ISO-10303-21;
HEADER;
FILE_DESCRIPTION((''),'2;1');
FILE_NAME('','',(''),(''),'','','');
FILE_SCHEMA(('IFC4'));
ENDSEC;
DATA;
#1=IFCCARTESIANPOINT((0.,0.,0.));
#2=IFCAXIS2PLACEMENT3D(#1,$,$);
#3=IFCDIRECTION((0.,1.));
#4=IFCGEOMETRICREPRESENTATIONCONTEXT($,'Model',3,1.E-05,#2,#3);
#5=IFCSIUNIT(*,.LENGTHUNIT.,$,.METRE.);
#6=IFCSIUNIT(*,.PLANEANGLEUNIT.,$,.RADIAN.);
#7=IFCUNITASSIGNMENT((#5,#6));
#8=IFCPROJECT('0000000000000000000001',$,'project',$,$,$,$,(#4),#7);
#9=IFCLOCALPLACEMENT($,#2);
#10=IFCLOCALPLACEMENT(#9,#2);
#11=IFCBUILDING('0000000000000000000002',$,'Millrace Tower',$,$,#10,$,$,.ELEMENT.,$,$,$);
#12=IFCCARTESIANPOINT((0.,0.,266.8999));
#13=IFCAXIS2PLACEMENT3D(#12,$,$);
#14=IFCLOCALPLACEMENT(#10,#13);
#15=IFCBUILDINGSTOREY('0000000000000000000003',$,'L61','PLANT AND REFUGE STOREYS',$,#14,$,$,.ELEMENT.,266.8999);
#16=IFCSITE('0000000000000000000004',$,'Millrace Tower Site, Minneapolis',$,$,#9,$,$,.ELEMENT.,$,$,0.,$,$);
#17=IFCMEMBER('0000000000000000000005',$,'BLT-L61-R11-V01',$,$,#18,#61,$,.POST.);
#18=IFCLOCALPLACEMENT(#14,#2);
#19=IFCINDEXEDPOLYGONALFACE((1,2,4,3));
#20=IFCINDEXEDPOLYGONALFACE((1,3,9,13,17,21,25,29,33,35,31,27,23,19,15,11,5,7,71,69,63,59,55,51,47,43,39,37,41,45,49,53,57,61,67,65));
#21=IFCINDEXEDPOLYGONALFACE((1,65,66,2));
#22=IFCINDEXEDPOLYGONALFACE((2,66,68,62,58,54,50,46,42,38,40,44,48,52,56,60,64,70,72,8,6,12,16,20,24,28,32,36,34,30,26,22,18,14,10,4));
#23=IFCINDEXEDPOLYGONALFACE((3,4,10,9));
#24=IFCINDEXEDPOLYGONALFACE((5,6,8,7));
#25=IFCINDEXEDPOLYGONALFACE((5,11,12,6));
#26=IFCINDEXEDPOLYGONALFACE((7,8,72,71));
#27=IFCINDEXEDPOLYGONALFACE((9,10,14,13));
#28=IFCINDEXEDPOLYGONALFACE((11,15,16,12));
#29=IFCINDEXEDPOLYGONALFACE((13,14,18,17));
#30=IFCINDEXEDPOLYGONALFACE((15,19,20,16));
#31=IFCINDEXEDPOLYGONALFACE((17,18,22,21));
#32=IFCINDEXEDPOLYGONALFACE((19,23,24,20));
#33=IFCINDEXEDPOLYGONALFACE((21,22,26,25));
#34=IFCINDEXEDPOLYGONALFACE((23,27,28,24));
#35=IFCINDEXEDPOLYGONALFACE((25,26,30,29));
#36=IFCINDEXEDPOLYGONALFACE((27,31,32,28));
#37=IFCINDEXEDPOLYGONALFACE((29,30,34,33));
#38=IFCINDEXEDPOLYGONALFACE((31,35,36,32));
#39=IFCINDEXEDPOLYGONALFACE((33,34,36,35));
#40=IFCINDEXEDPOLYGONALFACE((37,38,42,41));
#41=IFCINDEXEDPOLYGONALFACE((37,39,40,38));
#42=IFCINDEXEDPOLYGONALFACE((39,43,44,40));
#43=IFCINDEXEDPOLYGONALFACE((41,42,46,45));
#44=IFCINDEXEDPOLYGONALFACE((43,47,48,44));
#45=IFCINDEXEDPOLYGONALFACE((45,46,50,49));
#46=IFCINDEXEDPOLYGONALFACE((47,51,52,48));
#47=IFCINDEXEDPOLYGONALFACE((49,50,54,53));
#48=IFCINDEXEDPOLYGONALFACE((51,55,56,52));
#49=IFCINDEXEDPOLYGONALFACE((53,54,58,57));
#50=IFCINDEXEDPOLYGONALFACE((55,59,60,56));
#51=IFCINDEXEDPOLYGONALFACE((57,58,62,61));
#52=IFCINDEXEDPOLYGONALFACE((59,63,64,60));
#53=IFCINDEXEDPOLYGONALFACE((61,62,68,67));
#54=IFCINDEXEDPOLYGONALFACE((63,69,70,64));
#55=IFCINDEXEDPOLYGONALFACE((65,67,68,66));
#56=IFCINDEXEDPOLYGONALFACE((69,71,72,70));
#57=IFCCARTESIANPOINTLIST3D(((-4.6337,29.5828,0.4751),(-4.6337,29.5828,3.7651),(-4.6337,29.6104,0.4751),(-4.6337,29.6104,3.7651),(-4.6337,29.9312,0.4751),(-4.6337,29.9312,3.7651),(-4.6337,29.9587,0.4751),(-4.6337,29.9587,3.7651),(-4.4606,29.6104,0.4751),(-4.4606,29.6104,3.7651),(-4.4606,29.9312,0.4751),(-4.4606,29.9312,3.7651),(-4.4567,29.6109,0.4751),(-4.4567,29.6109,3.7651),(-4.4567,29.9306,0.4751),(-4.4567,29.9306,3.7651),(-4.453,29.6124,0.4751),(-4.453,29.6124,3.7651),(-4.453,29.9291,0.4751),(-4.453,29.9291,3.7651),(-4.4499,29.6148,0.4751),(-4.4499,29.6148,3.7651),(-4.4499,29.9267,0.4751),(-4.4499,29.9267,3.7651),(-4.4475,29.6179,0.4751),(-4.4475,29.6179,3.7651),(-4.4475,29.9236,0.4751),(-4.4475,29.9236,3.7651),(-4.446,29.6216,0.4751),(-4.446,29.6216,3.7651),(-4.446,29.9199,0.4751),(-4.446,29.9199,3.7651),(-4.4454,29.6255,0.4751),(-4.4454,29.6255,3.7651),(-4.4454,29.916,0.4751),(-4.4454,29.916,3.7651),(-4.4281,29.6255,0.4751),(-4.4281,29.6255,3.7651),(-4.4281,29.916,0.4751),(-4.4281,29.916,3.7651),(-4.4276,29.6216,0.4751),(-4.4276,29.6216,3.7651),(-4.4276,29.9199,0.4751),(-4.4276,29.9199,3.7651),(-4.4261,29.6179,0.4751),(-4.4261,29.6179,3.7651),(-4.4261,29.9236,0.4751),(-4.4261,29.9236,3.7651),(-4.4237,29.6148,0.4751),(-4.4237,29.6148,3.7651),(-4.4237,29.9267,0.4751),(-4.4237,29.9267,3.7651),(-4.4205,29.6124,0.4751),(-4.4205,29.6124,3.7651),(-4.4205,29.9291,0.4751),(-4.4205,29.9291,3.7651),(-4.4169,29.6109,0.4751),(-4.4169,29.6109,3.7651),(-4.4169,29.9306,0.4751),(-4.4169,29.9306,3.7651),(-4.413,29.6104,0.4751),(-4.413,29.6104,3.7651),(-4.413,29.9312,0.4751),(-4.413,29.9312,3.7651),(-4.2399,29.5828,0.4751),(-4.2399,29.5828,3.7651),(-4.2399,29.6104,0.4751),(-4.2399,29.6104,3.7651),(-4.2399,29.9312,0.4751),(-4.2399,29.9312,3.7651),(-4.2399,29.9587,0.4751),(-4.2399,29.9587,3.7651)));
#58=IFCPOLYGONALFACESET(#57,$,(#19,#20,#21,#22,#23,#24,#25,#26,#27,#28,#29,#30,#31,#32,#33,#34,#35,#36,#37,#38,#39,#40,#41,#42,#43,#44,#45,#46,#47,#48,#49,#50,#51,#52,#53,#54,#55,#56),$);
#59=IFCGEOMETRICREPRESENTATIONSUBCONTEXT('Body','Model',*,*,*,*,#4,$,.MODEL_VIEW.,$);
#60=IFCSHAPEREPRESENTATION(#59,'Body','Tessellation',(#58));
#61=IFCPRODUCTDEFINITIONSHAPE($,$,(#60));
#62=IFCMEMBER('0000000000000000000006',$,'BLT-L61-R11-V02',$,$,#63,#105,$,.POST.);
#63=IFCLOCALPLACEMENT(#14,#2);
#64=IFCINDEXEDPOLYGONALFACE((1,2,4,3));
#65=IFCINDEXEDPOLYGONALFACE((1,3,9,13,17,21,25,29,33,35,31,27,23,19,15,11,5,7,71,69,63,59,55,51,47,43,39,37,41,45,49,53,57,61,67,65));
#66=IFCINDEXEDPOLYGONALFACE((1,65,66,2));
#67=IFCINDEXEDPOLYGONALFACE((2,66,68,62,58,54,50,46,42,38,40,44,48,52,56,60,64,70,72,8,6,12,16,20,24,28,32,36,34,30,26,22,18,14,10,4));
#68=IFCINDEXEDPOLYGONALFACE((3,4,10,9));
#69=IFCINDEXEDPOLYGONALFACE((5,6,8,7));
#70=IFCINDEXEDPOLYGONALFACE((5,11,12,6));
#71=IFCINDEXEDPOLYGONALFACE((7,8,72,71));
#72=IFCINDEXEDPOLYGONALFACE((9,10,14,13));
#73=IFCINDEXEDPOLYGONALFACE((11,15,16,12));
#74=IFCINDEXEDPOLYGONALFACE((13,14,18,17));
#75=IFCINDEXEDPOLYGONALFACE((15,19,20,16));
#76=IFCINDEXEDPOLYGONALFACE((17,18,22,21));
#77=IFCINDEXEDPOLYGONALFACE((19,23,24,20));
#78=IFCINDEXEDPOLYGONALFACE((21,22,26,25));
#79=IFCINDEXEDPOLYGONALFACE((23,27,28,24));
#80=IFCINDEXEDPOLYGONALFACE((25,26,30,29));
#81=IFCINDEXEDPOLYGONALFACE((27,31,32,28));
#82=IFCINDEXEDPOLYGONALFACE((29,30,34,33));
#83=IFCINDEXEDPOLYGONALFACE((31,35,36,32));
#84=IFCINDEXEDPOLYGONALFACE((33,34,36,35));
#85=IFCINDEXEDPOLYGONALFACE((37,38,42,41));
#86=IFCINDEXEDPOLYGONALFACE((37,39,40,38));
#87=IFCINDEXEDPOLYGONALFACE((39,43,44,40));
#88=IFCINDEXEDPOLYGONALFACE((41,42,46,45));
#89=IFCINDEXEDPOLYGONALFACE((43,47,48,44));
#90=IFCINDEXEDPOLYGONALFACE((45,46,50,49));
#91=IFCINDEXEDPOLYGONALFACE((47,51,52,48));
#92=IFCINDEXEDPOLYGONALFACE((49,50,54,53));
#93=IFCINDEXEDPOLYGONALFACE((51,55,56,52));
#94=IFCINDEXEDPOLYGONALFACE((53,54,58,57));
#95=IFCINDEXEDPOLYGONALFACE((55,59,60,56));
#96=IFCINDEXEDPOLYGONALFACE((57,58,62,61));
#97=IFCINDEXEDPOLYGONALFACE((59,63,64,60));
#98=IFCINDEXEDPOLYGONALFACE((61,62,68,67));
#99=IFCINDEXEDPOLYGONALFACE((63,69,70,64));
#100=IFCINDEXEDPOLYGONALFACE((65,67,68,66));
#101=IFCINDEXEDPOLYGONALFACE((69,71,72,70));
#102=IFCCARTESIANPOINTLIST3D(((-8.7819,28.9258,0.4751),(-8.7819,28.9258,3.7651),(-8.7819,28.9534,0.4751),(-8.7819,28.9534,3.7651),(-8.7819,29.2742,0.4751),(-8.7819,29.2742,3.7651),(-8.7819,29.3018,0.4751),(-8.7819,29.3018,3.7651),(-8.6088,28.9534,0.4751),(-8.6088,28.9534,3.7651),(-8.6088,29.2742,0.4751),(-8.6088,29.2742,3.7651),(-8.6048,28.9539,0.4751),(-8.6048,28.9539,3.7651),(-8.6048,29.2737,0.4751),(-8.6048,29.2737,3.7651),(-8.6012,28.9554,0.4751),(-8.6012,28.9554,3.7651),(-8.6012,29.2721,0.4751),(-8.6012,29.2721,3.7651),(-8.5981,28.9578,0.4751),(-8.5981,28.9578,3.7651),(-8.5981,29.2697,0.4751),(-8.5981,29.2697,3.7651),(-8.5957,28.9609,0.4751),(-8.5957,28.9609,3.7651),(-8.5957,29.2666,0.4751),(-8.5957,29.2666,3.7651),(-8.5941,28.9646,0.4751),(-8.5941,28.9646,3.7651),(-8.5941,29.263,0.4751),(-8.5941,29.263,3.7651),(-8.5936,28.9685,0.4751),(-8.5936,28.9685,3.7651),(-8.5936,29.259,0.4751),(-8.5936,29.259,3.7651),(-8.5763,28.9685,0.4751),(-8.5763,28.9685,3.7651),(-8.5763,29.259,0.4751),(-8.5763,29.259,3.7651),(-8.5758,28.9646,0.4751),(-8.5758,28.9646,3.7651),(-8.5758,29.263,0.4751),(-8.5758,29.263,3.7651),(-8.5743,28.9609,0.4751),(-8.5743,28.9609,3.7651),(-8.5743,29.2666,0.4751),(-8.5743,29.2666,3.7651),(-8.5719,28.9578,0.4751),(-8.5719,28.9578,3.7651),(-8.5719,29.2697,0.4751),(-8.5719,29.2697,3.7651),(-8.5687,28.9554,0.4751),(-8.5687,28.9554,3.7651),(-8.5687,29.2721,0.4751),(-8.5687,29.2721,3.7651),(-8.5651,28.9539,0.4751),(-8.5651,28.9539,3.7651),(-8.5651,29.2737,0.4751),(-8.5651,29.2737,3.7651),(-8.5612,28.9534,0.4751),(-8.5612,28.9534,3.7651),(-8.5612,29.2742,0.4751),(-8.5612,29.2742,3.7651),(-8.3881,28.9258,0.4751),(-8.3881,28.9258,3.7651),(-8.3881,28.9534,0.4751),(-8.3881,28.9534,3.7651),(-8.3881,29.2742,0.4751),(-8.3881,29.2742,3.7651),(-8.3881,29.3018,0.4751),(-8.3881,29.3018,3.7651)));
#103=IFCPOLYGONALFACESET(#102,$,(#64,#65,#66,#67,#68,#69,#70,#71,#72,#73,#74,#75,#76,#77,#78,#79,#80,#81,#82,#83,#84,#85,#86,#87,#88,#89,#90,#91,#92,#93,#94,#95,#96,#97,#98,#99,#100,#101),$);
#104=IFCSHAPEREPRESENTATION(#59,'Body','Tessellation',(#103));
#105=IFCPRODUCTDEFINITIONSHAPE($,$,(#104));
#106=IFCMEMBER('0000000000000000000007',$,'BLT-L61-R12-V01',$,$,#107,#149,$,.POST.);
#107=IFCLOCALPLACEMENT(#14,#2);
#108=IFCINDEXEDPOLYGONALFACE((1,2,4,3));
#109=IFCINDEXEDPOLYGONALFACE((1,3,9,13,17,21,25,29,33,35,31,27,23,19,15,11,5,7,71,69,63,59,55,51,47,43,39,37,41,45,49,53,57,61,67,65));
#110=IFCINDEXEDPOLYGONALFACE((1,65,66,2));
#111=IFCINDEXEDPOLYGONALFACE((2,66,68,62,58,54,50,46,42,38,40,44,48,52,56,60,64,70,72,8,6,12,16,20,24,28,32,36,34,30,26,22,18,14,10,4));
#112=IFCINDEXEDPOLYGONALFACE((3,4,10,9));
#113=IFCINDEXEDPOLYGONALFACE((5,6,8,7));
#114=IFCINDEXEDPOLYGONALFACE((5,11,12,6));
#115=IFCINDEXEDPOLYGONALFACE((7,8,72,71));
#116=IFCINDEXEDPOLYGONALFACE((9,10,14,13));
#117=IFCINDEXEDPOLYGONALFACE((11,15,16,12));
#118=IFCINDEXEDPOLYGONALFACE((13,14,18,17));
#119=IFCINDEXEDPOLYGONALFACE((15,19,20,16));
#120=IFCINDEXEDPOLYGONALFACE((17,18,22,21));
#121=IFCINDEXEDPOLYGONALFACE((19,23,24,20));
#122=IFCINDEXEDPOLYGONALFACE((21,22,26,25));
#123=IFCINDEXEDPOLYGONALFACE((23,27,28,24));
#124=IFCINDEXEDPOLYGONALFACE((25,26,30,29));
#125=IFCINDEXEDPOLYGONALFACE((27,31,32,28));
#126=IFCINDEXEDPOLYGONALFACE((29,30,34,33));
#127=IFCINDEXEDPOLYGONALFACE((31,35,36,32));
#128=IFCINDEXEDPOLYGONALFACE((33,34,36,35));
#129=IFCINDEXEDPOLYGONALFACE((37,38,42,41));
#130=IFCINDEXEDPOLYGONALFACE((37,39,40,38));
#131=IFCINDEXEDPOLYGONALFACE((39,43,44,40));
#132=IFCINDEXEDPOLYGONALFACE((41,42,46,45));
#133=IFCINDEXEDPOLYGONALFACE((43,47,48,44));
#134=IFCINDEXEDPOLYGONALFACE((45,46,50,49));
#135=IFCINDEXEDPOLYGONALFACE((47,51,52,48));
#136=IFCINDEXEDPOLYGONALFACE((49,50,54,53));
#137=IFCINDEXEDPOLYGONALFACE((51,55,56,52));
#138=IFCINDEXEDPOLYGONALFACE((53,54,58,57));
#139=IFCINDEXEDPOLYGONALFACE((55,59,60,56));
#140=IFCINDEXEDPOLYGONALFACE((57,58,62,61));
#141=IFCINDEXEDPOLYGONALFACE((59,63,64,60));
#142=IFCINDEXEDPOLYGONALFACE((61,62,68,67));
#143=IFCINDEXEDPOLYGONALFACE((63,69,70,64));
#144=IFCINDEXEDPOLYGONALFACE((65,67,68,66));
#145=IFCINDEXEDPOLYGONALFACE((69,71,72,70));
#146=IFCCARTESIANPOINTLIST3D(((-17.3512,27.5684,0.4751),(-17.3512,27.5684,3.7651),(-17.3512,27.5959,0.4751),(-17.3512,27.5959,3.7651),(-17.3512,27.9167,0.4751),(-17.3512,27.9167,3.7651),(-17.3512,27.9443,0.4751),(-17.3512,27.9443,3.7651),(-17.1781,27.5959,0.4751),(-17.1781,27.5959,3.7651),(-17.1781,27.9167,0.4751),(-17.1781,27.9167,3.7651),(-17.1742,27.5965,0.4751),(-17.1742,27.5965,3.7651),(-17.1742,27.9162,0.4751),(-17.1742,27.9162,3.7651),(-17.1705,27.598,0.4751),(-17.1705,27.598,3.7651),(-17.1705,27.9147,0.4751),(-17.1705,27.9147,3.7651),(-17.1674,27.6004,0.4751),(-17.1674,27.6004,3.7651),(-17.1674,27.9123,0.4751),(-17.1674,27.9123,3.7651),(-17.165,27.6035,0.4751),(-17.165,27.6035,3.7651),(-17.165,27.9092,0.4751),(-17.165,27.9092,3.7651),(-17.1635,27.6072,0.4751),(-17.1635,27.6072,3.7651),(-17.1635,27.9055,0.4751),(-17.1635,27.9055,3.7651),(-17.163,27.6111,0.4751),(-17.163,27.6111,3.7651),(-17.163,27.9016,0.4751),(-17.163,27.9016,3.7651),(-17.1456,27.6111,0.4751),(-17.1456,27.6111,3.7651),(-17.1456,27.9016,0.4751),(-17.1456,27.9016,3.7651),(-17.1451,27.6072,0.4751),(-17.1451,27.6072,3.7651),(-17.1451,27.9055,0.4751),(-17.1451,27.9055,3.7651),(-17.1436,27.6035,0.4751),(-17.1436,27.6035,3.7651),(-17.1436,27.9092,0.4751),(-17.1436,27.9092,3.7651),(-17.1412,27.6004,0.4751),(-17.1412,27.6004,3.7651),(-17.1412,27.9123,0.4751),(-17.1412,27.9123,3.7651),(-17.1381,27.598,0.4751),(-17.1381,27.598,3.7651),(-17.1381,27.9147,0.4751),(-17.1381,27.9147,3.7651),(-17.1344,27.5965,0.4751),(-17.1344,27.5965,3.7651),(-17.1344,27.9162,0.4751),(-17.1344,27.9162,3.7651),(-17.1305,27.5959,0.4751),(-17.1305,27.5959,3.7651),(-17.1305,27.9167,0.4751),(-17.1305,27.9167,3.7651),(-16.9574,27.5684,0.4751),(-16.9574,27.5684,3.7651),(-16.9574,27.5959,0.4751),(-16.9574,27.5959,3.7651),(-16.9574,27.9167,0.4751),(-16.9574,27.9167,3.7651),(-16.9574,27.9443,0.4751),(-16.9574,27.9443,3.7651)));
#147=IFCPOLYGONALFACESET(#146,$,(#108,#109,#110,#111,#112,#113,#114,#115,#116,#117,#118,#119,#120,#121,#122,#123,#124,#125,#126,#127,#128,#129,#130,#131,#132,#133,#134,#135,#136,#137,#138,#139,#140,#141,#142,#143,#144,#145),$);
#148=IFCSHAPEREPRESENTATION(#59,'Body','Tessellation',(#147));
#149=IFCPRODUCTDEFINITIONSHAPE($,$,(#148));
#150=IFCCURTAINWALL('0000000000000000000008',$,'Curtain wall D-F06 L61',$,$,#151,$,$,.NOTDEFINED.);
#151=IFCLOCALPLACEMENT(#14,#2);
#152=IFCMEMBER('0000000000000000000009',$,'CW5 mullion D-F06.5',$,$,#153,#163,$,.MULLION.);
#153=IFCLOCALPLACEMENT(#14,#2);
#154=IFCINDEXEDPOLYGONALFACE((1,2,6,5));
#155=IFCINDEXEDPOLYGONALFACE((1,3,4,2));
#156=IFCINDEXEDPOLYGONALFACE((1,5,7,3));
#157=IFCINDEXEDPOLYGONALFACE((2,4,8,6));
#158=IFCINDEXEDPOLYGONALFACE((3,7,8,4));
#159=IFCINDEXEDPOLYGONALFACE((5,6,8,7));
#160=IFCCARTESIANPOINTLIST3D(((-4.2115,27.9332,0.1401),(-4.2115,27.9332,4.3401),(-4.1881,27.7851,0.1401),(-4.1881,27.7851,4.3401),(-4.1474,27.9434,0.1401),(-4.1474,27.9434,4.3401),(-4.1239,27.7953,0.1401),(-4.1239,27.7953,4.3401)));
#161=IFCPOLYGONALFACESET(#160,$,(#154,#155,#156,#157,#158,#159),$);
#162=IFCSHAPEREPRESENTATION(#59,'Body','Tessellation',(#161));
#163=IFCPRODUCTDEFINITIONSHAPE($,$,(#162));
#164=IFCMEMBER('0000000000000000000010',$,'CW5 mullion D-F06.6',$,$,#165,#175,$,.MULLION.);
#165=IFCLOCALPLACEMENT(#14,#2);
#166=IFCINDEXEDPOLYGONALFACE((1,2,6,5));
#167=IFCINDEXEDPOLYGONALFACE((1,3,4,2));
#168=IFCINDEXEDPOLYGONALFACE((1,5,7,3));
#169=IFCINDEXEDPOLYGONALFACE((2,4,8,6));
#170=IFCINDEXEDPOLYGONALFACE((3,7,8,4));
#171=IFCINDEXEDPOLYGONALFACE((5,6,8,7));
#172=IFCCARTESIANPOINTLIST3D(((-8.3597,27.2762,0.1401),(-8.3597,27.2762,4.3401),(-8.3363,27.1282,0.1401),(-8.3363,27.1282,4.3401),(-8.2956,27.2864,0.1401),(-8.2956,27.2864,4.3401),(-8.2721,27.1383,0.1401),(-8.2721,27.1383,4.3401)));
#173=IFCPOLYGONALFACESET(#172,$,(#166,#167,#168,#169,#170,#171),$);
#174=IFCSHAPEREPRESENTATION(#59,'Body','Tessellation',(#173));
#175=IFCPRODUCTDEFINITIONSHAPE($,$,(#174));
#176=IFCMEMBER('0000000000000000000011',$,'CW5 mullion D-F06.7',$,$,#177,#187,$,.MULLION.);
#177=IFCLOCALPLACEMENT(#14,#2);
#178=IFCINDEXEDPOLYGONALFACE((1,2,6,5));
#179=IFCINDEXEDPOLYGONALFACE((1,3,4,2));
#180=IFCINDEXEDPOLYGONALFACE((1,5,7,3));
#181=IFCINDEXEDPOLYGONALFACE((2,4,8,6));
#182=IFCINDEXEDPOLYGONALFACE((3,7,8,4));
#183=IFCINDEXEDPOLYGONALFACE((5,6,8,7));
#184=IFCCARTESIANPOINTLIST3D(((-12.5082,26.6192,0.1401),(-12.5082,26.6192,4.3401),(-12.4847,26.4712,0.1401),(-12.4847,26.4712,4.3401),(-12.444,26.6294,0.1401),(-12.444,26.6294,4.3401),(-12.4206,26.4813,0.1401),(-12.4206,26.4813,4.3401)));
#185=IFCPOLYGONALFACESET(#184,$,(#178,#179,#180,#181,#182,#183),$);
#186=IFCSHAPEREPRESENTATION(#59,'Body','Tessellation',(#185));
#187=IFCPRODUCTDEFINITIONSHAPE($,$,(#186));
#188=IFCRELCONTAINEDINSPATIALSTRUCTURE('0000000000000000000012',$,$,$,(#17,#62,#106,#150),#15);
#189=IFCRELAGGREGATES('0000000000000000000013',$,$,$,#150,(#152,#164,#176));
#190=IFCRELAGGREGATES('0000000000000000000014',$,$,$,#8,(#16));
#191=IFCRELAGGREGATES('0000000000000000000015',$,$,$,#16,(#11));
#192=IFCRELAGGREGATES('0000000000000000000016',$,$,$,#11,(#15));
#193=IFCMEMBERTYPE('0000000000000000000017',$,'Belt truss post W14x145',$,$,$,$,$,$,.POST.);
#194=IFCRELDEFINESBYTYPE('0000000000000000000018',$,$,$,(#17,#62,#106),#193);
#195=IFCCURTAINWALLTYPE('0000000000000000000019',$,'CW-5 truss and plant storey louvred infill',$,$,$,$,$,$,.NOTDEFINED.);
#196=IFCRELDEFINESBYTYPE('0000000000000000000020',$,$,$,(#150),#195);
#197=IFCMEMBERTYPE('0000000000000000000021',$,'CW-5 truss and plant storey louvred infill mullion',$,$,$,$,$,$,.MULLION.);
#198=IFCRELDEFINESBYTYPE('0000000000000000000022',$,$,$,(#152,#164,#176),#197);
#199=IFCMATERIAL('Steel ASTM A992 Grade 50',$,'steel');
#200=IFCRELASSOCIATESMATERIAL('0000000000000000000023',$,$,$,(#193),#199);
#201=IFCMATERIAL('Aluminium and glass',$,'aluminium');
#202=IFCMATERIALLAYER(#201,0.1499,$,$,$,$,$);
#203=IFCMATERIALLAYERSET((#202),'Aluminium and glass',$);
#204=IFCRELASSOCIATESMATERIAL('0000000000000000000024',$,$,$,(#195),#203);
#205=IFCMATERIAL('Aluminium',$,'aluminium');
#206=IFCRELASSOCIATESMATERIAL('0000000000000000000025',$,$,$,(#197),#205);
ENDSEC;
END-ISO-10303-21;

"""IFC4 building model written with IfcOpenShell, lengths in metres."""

from ifc_helpers import new_model, si_unit, direction, frame, origin, origin_2d, place, context, subcontext, project, spatial, rectangle, i_section, extrude, material, layer, layer_set, material_profile, profile_set, type_object, element, aggregate, save


model = new_model("IFC4")

# Units and contexts
model_context = context("Model", 3, precision=1e-05, world=origin(), true_north=direction((0.0, 1.0)))
body_context = subcontext(model_context, "Body", "Model", "MODEL_VIEW")
ifc_project = project(units=[si_unit("LENGTHUNIT", "METRE"), si_unit("PLANEANGLEUNIT", "RADIAN")], contexts=[model_context])

# Site, building, storey
site_placement = place(None, origin())
site = spatial("IfcSite", under=ifc_project, at=site_placement, Name="Millrace Tower Site, Minneapolis", CompositionType="ELEMENT", RefElevation=0.0)
building_placement = place(site_placement, origin())
building = spatial("IfcBuilding", under=site, at=building_placement, Name="Millrace Tower", CompositionType="ELEMENT")
storey_placement = place(building_placement, frame((0.0, 0.0, 266.8999)))
storey = spatial("IfcBuildingStorey", under=building, at=storey_placement, Name="L61", Description="PLANT AND REFUGE STOREYS", CompositionType="ELEMENT", Elevation=266.8999)

# Members
ifc_material_1 = material(Name="Steel ASTM A992 Grade 50", Category="steel")
ifc_material_profile_1 = material_profile(ifc_material_1, i_section(OverallWidth=0.3938, OverallDepth=0.376, WebThickness=0.0173, FlangeThickness=0.0276, FilletRadius=0.0151, at=origin_2d()))
ifc_profile_set_1 = profile_set([ifc_material_profile_1], Name="Steel ASTM A992 Grade 50")
member_type_1 = type_object("IfcMemberType", Name="Belt truss post W14x145", PredefinedType="POST", material=ifc_profile_set_1)
for number, where, z_axis, x_axis, name in (
    (1, (-4.4368, 29.7708, 0.4751), (0.0, 0.0, 1.0), (1.0, 0.0, 0.0), "BLT-L61-R11-V01"),
    (2, (-8.585, 29.1138, 0.4751), (0.0, 0.0, 1.0), (1.0, 0.0, 0.0), "BLT-L61-R11-V02"),
    (3, (-17.1543, 27.7563, 0.4751), (0.0, 0.0, 1.0), (1.0, 0.0, 0.0), "BLT-L61-R12-V01"),
):
    element("IfcMember", number, at=place(storey_placement, frame(where, z_axis=z_axis, x_axis=x_axis)), inside=storey, type_object=member_type_1, Name=name, PredefinedType="POST", context=body_context, shape_type="SweptSolid", body=[
        extrude(i_section(OverallWidth=0.3938, OverallDepth=0.376, WebThickness=0.0173, FlangeThickness=0.0276, FilletRadius=0.0151, at=origin_2d()), origin(), (0.0, 0.0, 1.0), 3.29),
    ])

# Curtain wall, members
ifc_material_2 = material(Name="Aluminium and glass", Category="aluminium")
ifc_layer_1 = layer(ifc_material_2, 0.1499)
ifc_layer_set_1 = layer_set([ifc_layer_1], Name="Aluminium and glass")
curtain_wall_type = type_object("IfcCurtainWallType", Name="CW-5 truss and plant storey louvred infill", PredefinedType="NOTDEFINED", material=ifc_layer_set_1)
curtain_wall_placement = place(storey_placement, origin())
curtain_wall = element("IfcCurtainWall", 4, at=curtain_wall_placement, inside=storey, type_object=curtain_wall_type, Name="Curtain wall D-F06 L61", PredefinedType="NOTDEFINED")
ifc_material_3 = material(Name="Aluminium", Category="aluminium")
ifc_material_profile_2 = material_profile(ifc_material_3, rectangle(XDim=0.0649, YDim=0.1499, at=origin_2d()))
ifc_profile_set_2 = profile_set([ifc_material_profile_2], Name="Aluminium")
member_type_2 = type_object("IfcMemberType", Name="CW-5 truss and plant storey louvred infill mullion", PredefinedType="MULLION", material=ifc_profile_set_2)
member_1_placement = place(storey_placement, frame((-4.1677, 27.8643, 0.1401), z_axis=(0.0, 0.0, 1.0), x_axis=(-0.987688, -0.156434, 0.0)))
member_1 = element("IfcMember", 5, at=member_1_placement, type_object=member_type_2, Name="CW5 mullion D-F06.5", PredefinedType="MULLION", context=body_context, shape_type="SweptSolid", body=[
    extrude(rectangle(XDim=0.0649, YDim=0.1499, at=origin_2d()), origin(), (0.0, 0.0, 1.0), 4.2),
])
member_2_placement = place(storey_placement, frame((-8.3159, 27.2073, 0.1401), z_axis=(0.0, 0.0, 1.0), x_axis=(-0.987688, -0.156434, 0.0)))
member_2 = element("IfcMember", 6, at=member_2_placement, type_object=member_type_2, Name="CW5 mullion D-F06.6", PredefinedType="MULLION", context=body_context, shape_type="SweptSolid", body=[
    extrude(rectangle(XDim=0.0649, YDim=0.1499, at=origin_2d()), origin(), (0.0, 0.0, 1.0), 4.2),
])
member_3_placement = place(storey_placement, frame((-12.4644, 26.5503, 0.1401), z_axis=(0.0, 0.0, 1.0), x_axis=(-0.987688, -0.156434, 0.0)))
member_3 = element("IfcMember", 7, at=member_3_placement, type_object=member_type_2, Name="CW5 mullion D-F06.7", PredefinedType="MULLION", context=body_context, shape_type="SweptSolid", body=[
    extrude(rectangle(XDim=0.0649, YDim=0.1499, at=origin_2d()), origin(), (0.0, 0.0, 1.0), 4.2),
])
aggregate(curtain_wall, [member_1, member_2, member_3])

save(model, "model.ifc")
